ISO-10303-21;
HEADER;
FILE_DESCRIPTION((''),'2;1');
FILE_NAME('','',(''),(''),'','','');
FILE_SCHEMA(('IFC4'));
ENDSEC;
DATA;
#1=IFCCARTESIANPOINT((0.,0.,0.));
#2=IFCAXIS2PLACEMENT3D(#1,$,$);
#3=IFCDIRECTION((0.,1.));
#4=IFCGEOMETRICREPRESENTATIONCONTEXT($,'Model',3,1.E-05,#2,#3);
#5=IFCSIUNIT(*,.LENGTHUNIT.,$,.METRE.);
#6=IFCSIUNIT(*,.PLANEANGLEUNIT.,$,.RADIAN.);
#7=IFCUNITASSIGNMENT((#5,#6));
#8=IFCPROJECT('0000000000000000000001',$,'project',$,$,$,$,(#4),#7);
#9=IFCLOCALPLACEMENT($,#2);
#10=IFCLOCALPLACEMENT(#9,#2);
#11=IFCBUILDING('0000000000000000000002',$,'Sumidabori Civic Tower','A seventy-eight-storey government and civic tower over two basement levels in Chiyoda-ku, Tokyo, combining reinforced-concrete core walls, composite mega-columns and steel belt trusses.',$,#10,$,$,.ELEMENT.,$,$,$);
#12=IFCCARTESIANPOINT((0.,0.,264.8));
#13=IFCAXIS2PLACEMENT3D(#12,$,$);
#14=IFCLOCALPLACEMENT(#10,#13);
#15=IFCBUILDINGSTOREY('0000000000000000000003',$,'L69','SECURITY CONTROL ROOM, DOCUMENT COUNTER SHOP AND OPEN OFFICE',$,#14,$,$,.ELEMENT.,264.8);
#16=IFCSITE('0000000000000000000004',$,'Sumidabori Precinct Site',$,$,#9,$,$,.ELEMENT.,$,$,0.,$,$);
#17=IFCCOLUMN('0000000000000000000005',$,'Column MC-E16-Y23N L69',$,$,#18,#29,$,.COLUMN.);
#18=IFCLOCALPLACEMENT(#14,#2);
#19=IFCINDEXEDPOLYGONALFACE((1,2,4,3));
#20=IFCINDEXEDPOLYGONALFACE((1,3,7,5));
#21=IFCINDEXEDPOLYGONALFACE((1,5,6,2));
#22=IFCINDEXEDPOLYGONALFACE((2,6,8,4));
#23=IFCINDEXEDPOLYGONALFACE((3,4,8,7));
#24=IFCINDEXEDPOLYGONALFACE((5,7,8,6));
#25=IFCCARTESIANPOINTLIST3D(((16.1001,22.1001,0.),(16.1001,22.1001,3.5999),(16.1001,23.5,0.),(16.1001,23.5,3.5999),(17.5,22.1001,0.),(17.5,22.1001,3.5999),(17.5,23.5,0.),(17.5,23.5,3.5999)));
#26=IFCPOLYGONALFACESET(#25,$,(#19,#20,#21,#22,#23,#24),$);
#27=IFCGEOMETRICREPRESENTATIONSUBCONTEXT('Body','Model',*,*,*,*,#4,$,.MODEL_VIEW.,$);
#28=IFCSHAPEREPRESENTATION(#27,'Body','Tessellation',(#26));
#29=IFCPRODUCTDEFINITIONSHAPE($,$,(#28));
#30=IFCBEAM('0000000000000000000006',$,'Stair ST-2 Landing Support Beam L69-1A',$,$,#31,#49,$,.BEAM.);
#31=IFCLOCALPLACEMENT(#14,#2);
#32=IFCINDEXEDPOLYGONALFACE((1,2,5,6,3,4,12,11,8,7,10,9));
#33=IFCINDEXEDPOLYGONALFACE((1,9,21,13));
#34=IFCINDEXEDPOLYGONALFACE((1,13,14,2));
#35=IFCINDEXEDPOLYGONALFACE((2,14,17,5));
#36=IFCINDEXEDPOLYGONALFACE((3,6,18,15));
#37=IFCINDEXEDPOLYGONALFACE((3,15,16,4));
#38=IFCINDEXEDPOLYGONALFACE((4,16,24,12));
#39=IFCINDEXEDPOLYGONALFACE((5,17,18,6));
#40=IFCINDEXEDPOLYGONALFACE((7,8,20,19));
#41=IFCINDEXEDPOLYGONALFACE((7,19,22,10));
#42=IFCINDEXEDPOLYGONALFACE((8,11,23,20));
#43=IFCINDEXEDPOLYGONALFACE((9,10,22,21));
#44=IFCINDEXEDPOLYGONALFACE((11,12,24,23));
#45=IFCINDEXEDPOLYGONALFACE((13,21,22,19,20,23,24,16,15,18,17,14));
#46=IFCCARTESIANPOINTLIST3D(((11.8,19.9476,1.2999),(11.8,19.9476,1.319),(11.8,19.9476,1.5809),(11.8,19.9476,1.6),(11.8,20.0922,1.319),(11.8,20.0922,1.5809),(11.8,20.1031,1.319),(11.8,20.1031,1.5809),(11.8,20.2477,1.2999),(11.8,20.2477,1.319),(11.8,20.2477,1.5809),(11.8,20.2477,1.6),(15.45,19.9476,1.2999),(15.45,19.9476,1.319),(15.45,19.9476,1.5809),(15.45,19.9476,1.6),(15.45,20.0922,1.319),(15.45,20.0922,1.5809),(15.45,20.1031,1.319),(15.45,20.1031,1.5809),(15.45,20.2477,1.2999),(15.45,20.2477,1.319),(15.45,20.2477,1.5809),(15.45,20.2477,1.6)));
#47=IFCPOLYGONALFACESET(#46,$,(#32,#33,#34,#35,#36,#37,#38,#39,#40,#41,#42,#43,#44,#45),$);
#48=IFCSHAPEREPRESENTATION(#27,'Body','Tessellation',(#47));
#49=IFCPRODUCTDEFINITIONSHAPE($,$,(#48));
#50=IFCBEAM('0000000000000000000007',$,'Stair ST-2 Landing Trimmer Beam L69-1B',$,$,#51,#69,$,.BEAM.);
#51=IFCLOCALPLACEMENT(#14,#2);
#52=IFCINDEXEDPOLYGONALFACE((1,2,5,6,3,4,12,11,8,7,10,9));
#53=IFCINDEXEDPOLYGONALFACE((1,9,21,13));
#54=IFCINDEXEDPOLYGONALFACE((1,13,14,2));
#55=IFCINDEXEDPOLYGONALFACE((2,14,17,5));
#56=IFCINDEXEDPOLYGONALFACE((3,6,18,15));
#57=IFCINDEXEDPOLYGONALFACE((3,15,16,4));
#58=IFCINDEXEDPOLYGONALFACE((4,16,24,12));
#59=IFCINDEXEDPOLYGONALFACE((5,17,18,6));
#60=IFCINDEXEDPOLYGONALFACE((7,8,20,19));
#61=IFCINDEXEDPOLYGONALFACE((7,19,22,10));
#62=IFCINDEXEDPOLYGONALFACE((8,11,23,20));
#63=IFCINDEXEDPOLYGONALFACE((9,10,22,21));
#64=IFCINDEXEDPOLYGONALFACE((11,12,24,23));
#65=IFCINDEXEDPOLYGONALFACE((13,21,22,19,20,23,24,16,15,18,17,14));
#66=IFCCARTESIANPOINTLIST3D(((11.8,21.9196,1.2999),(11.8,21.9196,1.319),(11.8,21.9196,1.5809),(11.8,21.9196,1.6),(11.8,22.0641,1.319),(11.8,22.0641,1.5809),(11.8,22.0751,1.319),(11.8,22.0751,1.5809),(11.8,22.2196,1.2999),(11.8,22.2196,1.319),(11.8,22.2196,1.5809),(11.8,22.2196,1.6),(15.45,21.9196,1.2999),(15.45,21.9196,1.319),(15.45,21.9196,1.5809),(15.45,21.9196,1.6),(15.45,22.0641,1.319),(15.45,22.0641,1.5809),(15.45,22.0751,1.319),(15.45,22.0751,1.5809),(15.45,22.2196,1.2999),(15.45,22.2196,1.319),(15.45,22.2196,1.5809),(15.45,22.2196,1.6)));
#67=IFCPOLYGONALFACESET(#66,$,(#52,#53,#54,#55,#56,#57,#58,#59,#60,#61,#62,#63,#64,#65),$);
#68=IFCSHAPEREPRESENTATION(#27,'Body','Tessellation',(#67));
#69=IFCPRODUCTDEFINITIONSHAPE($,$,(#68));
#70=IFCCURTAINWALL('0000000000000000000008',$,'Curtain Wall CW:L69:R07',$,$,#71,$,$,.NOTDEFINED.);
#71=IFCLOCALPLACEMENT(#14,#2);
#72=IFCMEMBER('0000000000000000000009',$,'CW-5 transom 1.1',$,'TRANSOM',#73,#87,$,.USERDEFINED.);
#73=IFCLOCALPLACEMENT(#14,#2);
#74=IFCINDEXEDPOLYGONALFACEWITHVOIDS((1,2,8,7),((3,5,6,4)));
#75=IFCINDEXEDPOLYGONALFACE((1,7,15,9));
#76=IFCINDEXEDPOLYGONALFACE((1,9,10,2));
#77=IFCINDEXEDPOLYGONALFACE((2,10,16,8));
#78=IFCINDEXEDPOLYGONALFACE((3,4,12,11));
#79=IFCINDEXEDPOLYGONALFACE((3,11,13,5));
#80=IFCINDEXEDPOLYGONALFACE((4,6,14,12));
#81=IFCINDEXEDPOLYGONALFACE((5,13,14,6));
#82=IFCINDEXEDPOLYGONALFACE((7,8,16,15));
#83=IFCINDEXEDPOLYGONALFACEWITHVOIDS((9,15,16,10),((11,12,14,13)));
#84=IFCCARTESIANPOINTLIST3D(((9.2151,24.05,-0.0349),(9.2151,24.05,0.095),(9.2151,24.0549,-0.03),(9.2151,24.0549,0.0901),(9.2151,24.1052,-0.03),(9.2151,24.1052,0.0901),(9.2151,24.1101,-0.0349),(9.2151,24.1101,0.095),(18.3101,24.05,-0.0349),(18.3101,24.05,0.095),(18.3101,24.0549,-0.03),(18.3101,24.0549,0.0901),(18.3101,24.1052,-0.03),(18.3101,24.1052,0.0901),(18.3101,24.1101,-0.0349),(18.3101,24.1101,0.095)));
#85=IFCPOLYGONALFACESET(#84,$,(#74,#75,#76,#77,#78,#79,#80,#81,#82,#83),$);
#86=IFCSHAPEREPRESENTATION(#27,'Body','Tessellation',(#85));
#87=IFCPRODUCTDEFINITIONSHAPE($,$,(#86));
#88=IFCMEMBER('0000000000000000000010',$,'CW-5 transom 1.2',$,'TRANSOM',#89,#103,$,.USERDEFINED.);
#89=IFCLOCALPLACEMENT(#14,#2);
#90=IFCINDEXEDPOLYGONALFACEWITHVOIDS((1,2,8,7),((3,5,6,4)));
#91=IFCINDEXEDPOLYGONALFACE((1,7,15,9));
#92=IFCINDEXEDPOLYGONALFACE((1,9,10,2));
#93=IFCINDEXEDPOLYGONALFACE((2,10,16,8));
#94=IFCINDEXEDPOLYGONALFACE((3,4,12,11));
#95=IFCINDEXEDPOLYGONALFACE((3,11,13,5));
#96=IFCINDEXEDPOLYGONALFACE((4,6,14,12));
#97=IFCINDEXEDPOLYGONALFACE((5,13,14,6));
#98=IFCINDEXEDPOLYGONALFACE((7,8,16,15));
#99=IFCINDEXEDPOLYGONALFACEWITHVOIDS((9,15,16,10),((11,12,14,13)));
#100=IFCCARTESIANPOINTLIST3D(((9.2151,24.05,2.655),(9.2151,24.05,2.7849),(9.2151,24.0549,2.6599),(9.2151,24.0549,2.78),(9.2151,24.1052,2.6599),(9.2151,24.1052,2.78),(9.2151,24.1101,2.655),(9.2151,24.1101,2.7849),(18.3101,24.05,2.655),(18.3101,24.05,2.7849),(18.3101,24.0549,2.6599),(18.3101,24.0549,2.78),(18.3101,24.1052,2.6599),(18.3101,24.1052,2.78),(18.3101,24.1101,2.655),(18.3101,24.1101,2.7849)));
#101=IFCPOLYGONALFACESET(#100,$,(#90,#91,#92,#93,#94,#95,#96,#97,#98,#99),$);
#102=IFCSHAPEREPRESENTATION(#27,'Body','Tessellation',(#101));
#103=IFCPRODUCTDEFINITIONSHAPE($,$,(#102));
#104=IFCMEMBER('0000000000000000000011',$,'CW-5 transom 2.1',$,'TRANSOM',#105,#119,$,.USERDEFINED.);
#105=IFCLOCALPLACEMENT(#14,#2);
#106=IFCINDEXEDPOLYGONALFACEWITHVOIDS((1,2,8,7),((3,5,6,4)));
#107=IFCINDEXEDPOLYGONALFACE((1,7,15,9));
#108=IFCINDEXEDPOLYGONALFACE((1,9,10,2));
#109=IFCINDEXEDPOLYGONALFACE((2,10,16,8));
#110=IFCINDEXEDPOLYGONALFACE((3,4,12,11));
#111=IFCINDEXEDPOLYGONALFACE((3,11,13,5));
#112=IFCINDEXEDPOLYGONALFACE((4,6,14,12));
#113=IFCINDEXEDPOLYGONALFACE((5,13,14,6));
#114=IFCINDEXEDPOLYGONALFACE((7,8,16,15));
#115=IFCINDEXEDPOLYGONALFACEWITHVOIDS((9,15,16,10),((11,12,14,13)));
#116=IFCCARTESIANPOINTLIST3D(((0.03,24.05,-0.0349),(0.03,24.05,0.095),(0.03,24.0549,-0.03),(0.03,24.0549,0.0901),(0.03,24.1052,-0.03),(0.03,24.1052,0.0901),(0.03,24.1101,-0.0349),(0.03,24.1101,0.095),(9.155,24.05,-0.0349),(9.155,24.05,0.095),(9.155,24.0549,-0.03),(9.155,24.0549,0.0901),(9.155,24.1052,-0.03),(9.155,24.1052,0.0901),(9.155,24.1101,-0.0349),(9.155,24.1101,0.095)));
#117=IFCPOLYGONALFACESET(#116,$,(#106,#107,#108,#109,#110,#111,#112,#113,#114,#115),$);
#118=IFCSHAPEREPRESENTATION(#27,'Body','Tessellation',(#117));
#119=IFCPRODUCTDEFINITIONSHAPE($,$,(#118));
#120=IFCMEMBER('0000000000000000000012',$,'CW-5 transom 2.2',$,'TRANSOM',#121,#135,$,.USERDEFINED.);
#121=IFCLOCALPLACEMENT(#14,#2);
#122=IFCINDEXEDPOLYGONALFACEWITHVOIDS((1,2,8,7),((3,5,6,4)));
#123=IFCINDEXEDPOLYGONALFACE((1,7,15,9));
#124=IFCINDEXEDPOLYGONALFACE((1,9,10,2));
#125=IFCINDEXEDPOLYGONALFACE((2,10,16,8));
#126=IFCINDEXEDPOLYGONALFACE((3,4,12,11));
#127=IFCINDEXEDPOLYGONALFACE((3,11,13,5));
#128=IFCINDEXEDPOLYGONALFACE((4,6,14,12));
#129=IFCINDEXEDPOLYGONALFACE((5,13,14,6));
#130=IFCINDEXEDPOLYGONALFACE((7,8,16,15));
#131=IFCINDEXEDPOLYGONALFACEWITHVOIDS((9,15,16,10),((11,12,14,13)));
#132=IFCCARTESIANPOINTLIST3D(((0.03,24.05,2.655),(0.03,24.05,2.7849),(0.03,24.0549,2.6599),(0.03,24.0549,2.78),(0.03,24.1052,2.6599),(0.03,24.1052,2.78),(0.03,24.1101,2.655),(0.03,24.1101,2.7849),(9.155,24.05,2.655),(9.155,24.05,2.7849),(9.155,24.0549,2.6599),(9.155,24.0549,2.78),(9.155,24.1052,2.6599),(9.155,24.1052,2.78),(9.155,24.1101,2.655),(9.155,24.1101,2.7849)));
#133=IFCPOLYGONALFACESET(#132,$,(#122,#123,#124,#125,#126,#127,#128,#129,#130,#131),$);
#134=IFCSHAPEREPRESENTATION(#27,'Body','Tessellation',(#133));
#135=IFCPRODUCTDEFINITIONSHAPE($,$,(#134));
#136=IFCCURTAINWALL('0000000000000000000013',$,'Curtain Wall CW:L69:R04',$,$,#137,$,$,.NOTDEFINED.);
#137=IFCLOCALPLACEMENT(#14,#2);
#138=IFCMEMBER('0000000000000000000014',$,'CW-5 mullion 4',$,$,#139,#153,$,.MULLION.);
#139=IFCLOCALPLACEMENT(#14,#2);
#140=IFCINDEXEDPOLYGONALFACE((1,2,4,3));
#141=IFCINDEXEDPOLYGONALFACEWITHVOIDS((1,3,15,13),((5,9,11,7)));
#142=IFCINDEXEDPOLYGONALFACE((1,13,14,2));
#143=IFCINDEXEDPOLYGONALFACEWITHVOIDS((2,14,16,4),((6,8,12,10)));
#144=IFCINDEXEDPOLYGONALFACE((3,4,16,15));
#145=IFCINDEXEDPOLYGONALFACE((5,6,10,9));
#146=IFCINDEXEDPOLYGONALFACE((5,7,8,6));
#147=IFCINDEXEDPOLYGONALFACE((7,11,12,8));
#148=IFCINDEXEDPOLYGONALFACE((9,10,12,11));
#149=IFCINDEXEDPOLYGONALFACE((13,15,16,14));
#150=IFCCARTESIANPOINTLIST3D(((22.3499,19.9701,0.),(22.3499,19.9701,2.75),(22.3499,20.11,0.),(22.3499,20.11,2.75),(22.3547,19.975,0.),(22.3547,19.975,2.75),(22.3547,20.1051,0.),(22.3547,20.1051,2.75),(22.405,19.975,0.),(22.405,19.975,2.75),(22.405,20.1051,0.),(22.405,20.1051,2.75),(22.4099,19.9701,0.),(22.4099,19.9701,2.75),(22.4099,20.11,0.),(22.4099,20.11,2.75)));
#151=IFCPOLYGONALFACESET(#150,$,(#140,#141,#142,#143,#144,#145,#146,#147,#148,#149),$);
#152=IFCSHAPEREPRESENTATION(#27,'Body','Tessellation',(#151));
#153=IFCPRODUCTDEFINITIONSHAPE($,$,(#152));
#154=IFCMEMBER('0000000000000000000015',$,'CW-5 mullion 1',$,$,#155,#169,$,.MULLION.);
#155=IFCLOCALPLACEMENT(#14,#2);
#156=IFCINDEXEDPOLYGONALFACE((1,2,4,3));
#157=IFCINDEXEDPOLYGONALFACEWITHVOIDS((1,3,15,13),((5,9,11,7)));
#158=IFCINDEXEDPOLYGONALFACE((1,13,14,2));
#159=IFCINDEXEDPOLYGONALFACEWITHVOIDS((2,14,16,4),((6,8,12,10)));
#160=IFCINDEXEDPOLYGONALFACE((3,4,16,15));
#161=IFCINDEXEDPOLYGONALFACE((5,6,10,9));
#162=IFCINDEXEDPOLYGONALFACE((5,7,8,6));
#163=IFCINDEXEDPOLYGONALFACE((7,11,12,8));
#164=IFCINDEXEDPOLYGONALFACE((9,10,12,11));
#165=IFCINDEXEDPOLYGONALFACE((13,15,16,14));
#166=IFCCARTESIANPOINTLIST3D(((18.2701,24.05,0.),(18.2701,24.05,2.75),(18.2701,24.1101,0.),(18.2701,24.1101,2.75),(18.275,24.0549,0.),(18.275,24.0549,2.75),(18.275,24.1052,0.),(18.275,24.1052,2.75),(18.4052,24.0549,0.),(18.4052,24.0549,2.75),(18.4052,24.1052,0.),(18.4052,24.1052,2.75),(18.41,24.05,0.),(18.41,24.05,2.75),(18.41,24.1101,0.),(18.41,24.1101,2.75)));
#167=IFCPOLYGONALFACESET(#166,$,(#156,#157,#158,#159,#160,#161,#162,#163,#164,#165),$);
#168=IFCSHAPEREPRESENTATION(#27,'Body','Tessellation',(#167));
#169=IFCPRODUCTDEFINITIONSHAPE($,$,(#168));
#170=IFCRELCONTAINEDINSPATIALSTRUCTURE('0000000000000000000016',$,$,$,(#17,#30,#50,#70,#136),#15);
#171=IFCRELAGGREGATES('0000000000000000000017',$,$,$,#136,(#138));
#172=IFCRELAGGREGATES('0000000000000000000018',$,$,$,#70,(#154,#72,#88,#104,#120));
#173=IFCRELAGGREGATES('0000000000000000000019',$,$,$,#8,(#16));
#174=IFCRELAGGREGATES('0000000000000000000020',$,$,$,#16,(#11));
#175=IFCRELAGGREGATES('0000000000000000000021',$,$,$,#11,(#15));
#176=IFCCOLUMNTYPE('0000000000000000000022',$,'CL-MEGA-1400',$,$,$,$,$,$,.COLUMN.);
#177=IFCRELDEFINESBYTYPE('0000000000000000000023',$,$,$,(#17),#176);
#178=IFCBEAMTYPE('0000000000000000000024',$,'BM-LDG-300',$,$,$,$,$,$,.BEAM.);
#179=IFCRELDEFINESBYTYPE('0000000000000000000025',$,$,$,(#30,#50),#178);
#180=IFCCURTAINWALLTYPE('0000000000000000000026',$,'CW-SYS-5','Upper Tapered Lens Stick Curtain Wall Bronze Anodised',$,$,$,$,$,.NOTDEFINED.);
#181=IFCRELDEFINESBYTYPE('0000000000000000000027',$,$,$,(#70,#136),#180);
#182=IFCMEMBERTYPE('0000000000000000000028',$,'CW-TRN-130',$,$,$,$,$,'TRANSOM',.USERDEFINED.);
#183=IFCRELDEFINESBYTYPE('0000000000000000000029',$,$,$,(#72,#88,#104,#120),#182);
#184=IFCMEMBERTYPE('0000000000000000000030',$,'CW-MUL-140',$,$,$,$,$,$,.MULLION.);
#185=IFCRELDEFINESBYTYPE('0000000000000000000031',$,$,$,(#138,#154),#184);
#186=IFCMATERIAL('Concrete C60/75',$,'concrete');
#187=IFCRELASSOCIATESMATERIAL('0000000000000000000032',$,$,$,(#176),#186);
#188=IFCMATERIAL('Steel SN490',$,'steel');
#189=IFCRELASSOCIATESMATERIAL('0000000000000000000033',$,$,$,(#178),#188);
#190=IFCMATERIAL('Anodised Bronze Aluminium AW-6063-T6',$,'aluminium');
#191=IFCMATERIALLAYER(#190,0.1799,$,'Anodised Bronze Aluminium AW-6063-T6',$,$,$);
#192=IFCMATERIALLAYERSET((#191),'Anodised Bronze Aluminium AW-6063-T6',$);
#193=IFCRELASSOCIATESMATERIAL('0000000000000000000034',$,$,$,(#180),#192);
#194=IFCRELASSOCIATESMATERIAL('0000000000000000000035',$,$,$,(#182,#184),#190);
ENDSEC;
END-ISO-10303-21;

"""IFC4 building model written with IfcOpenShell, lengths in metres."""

from ifc_helpers import new_model, si_unit, direction, frame, origin, origin_2d, place, context, subcontext, project, spatial, rectangle, hollow_rectangle, i_section, extrude, source, transform, mapped, material, layer, layer_set, material_profile, profile_set, type_object, element, aggregate, save


model = new_model("IFC4")

# Units and contexts
model_context = context("Model", 3, precision=1e-05, world=origin(), true_north=direction((0.0, 1.0)))
body_context = subcontext(model_context, "Body", "Model", "MODEL_VIEW")
ifc_project = project(units=[si_unit("LENGTHUNIT", "METRE"), si_unit("PLANEANGLEUNIT", "RADIAN")], contexts=[model_context])

# Site, building, storey
site_placement = place(None, origin())
site = spatial("IfcSite", under=ifc_project, at=site_placement, Name="Sumidabori Precinct Site", CompositionType="ELEMENT", RefElevation=0.0)
building_placement = place(site_placement, origin())
building = spatial("IfcBuilding", under=site, at=building_placement, Name="Sumidabori Civic Tower", Description="A seventy-eight-storey government and civic tower over two basement levels in Chiyoda-ku, Tokyo, combining reinforced-concrete core walls, composite mega-columns and steel belt trusses.", CompositionType="ELEMENT")
storey_placement = place(building_placement, frame((0.0, 0.0, 264.8)))
storey = spatial("IfcBuildingStorey", under=building, at=storey_placement, Name="L69", Description="SECURITY CONTROL ROOM, DOCUMENT COUNTER SHOP AND OPEN OFFICE", CompositionType="ELEMENT", Elevation=264.8)

# Column
ifc_material_1 = material(Name="Concrete C60/75", Category="concrete")
ifc_material_profile_1 = material_profile(ifc_material_1, rectangle(XDim=1.3999, YDim=1.3999, at=origin_2d()), Name="RC 1400x1400")
ifc_profile_set_1 = profile_set([ifc_material_profile_1], Name="Concrete C60/75")
column_type = type_object("IfcColumnType", Name="CL-MEGA-1400", PredefinedType="COLUMN", material=ifc_profile_set_1)
shared_shape_1 = source(origin(), body_context, "Body", "SweptSolid", [
    extrude(rectangle(XDim=1.3999, YDim=1.3999, at=origin_2d()), origin(), (0.0, 0.0, 1.0), 3.5999),
])
column_placement = place(storey_placement, frame((16.8, 22.8, 0.0), z_axis=(0.0, 0.0, 1.0), x_axis=(1.0, 0.0, 0.0)))
element("IfcColumn", 1, at=column_placement, inside=storey, type_object=column_type, Name="Column MC-E16-Y23N L69", PredefinedType="COLUMN", context=body_context, shape_type="MappedRepresentation", body=[
    mapped(shared_shape_1, transform((0.0, 0.0, 0.0), x_axis=(1.0, 0.0, 0.0), y_axis=(0.0, 1.0, 0.0), z_axis=(0.0, 0.0, 1.0), scale=1.0)),
])

# Beams
ifc_material_2 = material(Name="Steel SN490", Category="steel")
ifc_material_profile_2 = material_profile(ifc_material_2, i_section(OverallWidth=0.3, OverallDepth=0.3, WebThickness=0.011, FlangeThickness=0.019, at=origin_2d()), Name="HE 300 B")
ifc_profile_set_2 = profile_set([ifc_material_profile_2], Name="Steel SN490")
beam_type = type_object("IfcBeamType", Name="BM-LDG-300", PredefinedType="BEAM", material=ifc_profile_set_2)
shared_shape_2 = source(origin(), body_context, "Body", "SweptSolid", [
    extrude(i_section(OverallWidth=0.3, OverallDepth=0.3, WebThickness=0.011, FlangeThickness=0.019, at=origin_2d()), origin(), (0.0, 0.0, 1.0), 3.6499),
])
for number, where, z_axis, x_axis, name in (
    (2, (11.8, 20.0977, 1.45), (1.0, 0.0, 0.0), (0.0, 1.0, 0.0), "Stair ST-2 Landing Support Beam L69-1A"),
    (3, (11.8, 22.0696, 1.45), (1.0, 0.0, 0.0), (0.0, 1.0, 0.0), "Stair ST-2 Landing Trimmer Beam L69-1B"),
):
    element("IfcBeam", number, at=place(storey_placement, frame(where, z_axis=z_axis, x_axis=x_axis)), inside=storey, type_object=beam_type, Name=name, PredefinedType="BEAM", context=body_context, shape_type="MappedRepresentation", body=[
        mapped(shared_shape_2, transform((0.0, 0.0, 0.0), x_axis=(1.0, 0.0, 0.0), y_axis=(0.0, 1.0, 0.0), z_axis=(0.0, 0.0, 1.0), scale=1.0)),
    ])

# Curtain wall, members
ifc_material_3 = material(Name="Anodised Bronze Aluminium AW-6063-T6", Category="aluminium")
ifc_layer_1 = layer(ifc_material_3, 0.1799, Name="Anodised Bronze Aluminium AW-6063-T6")
ifc_layer_set_1 = layer_set([ifc_layer_1], Name="Anodised Bronze Aluminium AW-6063-T6")
curtain_wall_type = type_object("IfcCurtainWallType", Name="CW-SYS-5", Description="Upper Tapered Lens Stick Curtain Wall Bronze Anodised", PredefinedType="NOTDEFINED", material=ifc_layer_set_1)
curtain_wall_1_placement = place(storey_placement, origin())
curtain_wall_1 = element("IfcCurtainWall", 4, at=curtain_wall_1_placement, inside=storey, type_object=curtain_wall_type, Name="Curtain Wall CW:L69:R07", PredefinedType="NOTDEFINED")
ifc_material_profile_3 = material_profile(ifc_material_3, hollow_rectangle(XDim=0.0601, YDim=0.1299, WallThickness=0.0049, at=origin_2d()), Name="ALU TRANSOM 130x60")
ifc_profile_set_3 = profile_set([ifc_material_profile_3], Name="Anodised Bronze Aluminium AW-6063-T6")
member_type_1 = type_object("IfcMemberType", Name="CW-TRN-130", ElementType="TRANSOM", PredefinedType="USERDEFINED", material=ifc_profile_set_3)
shared_shape_3 = source(origin(), body_context, "Body", "SweptSolid", [
    extrude(hollow_rectangle(XDim=0.0601, YDim=0.1299, WallThickness=0.0049, at=origin_2d()), origin(), (0.0, 0.0, 1.0), 9.095),
])
member_1_placement = place(storey_placement, frame((18.3101, 24.0801, 0.03), z_axis=(-1.0, 0.0, 0.0), x_axis=(0.0, -1.0, 0.0)))
member_1 = element("IfcMember", 5, at=member_1_placement, type_object=member_type_1, Name="CW-5 transom 1.1", ObjectType="TRANSOM", PredefinedType="USERDEFINED", context=body_context, shape_type="MappedRepresentation", body=[
    mapped(shared_shape_3, transform((0.0, 0.0, 0.0), x_axis=(1.0, 0.0, 0.0), y_axis=(0.0, 1.0, 0.0), z_axis=(0.0, 0.0, 1.0), scale=1.0)),
])
member_2_placement = place(storey_placement, frame((18.3101, 24.0801, 2.72), z_axis=(-1.0, 0.0, 0.0), x_axis=(0.0, -1.0, 0.0)))
member_2 = element("IfcMember", 6, at=member_2_placement, type_object=member_type_1, Name="CW-5 transom 1.2", ObjectType="TRANSOM", PredefinedType="USERDEFINED", context=body_context, shape_type="MappedRepresentation", body=[
    mapped(shared_shape_3, transform((0.0, 0.0, 0.0), x_axis=(1.0, 0.0, 0.0), y_axis=(0.0, 1.0, 0.0), z_axis=(0.0, 0.0, 1.0), scale=1.0)),
])
shared_shape_4 = source(origin(), body_context, "Body", "SweptSolid", [
    extrude(hollow_rectangle(XDim=0.0601, YDim=0.1299, WallThickness=0.0049, at=origin_2d()), origin(), (0.0, 0.0, 1.0), 9.125),
])
member_3_placement = place(storey_placement, frame((9.155, 24.0801, 0.03), z_axis=(-1.0, 0.0, 0.0), x_axis=(0.0, -1.0, 0.0)))
member_3 = element("IfcMember", 7, at=member_3_placement, type_object=member_type_1, Name="CW-5 transom 2.1", ObjectType="TRANSOM", PredefinedType="USERDEFINED", context=body_context, shape_type="MappedRepresentation", body=[
    mapped(shared_shape_4, transform((0.0, 0.0, 0.0), x_axis=(1.0, 0.0, 0.0), y_axis=(0.0, 1.0, 0.0), z_axis=(0.0, 0.0, 1.0), scale=1.0)),
])
member_4_placement = place(storey_placement, frame((9.155, 24.0801, 2.72), z_axis=(-1.0, 0.0, 0.0), x_axis=(0.0, -1.0, 0.0)))
member_4 = element("IfcMember", 8, at=member_4_placement, type_object=member_type_1, Name="CW-5 transom 2.2", ObjectType="TRANSOM", PredefinedType="USERDEFINED", context=body_context, shape_type="MappedRepresentation", body=[
    mapped(shared_shape_4, transform((0.0, 0.0, 0.0), x_axis=(1.0, 0.0, 0.0), y_axis=(0.0, 1.0, 0.0), z_axis=(0.0, 0.0, 1.0), scale=1.0)),
])

# Curtain wall, member
curtain_wall_2_placement = place(storey_placement, origin())
curtain_wall_2 = element("IfcCurtainWall", 9, at=curtain_wall_2_placement, inside=storey, type_object=curtain_wall_type, Name="Curtain Wall CW:L69:R04", PredefinedType="NOTDEFINED")
ifc_material_profile_4 = material_profile(ifc_material_3, hollow_rectangle(XDim=0.0601, YDim=0.1399, WallThickness=0.0049, at=origin_2d()), Name="ALU MULLION 140x60")
ifc_profile_set_4 = profile_set([ifc_material_profile_4], Name="Anodised Bronze Aluminium AW-6063-T6")
member_type_2 = type_object("IfcMemberType", Name="CW-MUL-140", PredefinedType="MULLION", material=ifc_profile_set_4)
shared_shape_5 = source(origin(), body_context, "Body", "SweptSolid", [
    extrude(hollow_rectangle(XDim=0.0601, YDim=0.1399, WallThickness=0.0049, at=origin_2d()), origin(), (0.0, 0.0, 1.0), 2.75),
])
member_5_placement = place(storey_placement, frame((22.3799, 20.04, 0.0), z_axis=(0.0, 0.0, 1.0), x_axis=(-1.0, 0.0, 0.0)))
member_5 = element("IfcMember", 10, at=member_5_placement, type_object=member_type_2, Name="CW-5 mullion 4", PredefinedType="MULLION", context=body_context, shape_type="MappedRepresentation", body=[
    mapped(shared_shape_5, transform((0.0, 0.0, 0.0), x_axis=(1.0, 0.0, 0.0), y_axis=(0.0, 1.0, 0.0), z_axis=(0.0, 0.0, 1.0), scale=1.0)),
])
aggregate(curtain_wall_2, [member_5])

# Member
member_6_placement = place(storey_placement, frame((18.3401, 24.0801, 0.0), z_axis=(0.0, 0.0, 1.0), x_axis=(0.0, -1.0, 0.0)))
member_6 = element("IfcMember", 11, at=member_6_placement, type_object=member_type_2, Name="CW-5 mullion 1", PredefinedType="MULLION", context=body_context, shape_type="MappedRepresentation", body=[
    mapped(shared_shape_5, transform((0.0, 0.0, 0.0), x_axis=(1.0, 0.0, 0.0), y_axis=(0.0, 1.0, 0.0), z_axis=(0.0, 0.0, 1.0), scale=1.0)),
])

aggregate(curtain_wall_1, [member_6, member_1, member_2, member_3, member_4])

save(model, "model.ifc")
